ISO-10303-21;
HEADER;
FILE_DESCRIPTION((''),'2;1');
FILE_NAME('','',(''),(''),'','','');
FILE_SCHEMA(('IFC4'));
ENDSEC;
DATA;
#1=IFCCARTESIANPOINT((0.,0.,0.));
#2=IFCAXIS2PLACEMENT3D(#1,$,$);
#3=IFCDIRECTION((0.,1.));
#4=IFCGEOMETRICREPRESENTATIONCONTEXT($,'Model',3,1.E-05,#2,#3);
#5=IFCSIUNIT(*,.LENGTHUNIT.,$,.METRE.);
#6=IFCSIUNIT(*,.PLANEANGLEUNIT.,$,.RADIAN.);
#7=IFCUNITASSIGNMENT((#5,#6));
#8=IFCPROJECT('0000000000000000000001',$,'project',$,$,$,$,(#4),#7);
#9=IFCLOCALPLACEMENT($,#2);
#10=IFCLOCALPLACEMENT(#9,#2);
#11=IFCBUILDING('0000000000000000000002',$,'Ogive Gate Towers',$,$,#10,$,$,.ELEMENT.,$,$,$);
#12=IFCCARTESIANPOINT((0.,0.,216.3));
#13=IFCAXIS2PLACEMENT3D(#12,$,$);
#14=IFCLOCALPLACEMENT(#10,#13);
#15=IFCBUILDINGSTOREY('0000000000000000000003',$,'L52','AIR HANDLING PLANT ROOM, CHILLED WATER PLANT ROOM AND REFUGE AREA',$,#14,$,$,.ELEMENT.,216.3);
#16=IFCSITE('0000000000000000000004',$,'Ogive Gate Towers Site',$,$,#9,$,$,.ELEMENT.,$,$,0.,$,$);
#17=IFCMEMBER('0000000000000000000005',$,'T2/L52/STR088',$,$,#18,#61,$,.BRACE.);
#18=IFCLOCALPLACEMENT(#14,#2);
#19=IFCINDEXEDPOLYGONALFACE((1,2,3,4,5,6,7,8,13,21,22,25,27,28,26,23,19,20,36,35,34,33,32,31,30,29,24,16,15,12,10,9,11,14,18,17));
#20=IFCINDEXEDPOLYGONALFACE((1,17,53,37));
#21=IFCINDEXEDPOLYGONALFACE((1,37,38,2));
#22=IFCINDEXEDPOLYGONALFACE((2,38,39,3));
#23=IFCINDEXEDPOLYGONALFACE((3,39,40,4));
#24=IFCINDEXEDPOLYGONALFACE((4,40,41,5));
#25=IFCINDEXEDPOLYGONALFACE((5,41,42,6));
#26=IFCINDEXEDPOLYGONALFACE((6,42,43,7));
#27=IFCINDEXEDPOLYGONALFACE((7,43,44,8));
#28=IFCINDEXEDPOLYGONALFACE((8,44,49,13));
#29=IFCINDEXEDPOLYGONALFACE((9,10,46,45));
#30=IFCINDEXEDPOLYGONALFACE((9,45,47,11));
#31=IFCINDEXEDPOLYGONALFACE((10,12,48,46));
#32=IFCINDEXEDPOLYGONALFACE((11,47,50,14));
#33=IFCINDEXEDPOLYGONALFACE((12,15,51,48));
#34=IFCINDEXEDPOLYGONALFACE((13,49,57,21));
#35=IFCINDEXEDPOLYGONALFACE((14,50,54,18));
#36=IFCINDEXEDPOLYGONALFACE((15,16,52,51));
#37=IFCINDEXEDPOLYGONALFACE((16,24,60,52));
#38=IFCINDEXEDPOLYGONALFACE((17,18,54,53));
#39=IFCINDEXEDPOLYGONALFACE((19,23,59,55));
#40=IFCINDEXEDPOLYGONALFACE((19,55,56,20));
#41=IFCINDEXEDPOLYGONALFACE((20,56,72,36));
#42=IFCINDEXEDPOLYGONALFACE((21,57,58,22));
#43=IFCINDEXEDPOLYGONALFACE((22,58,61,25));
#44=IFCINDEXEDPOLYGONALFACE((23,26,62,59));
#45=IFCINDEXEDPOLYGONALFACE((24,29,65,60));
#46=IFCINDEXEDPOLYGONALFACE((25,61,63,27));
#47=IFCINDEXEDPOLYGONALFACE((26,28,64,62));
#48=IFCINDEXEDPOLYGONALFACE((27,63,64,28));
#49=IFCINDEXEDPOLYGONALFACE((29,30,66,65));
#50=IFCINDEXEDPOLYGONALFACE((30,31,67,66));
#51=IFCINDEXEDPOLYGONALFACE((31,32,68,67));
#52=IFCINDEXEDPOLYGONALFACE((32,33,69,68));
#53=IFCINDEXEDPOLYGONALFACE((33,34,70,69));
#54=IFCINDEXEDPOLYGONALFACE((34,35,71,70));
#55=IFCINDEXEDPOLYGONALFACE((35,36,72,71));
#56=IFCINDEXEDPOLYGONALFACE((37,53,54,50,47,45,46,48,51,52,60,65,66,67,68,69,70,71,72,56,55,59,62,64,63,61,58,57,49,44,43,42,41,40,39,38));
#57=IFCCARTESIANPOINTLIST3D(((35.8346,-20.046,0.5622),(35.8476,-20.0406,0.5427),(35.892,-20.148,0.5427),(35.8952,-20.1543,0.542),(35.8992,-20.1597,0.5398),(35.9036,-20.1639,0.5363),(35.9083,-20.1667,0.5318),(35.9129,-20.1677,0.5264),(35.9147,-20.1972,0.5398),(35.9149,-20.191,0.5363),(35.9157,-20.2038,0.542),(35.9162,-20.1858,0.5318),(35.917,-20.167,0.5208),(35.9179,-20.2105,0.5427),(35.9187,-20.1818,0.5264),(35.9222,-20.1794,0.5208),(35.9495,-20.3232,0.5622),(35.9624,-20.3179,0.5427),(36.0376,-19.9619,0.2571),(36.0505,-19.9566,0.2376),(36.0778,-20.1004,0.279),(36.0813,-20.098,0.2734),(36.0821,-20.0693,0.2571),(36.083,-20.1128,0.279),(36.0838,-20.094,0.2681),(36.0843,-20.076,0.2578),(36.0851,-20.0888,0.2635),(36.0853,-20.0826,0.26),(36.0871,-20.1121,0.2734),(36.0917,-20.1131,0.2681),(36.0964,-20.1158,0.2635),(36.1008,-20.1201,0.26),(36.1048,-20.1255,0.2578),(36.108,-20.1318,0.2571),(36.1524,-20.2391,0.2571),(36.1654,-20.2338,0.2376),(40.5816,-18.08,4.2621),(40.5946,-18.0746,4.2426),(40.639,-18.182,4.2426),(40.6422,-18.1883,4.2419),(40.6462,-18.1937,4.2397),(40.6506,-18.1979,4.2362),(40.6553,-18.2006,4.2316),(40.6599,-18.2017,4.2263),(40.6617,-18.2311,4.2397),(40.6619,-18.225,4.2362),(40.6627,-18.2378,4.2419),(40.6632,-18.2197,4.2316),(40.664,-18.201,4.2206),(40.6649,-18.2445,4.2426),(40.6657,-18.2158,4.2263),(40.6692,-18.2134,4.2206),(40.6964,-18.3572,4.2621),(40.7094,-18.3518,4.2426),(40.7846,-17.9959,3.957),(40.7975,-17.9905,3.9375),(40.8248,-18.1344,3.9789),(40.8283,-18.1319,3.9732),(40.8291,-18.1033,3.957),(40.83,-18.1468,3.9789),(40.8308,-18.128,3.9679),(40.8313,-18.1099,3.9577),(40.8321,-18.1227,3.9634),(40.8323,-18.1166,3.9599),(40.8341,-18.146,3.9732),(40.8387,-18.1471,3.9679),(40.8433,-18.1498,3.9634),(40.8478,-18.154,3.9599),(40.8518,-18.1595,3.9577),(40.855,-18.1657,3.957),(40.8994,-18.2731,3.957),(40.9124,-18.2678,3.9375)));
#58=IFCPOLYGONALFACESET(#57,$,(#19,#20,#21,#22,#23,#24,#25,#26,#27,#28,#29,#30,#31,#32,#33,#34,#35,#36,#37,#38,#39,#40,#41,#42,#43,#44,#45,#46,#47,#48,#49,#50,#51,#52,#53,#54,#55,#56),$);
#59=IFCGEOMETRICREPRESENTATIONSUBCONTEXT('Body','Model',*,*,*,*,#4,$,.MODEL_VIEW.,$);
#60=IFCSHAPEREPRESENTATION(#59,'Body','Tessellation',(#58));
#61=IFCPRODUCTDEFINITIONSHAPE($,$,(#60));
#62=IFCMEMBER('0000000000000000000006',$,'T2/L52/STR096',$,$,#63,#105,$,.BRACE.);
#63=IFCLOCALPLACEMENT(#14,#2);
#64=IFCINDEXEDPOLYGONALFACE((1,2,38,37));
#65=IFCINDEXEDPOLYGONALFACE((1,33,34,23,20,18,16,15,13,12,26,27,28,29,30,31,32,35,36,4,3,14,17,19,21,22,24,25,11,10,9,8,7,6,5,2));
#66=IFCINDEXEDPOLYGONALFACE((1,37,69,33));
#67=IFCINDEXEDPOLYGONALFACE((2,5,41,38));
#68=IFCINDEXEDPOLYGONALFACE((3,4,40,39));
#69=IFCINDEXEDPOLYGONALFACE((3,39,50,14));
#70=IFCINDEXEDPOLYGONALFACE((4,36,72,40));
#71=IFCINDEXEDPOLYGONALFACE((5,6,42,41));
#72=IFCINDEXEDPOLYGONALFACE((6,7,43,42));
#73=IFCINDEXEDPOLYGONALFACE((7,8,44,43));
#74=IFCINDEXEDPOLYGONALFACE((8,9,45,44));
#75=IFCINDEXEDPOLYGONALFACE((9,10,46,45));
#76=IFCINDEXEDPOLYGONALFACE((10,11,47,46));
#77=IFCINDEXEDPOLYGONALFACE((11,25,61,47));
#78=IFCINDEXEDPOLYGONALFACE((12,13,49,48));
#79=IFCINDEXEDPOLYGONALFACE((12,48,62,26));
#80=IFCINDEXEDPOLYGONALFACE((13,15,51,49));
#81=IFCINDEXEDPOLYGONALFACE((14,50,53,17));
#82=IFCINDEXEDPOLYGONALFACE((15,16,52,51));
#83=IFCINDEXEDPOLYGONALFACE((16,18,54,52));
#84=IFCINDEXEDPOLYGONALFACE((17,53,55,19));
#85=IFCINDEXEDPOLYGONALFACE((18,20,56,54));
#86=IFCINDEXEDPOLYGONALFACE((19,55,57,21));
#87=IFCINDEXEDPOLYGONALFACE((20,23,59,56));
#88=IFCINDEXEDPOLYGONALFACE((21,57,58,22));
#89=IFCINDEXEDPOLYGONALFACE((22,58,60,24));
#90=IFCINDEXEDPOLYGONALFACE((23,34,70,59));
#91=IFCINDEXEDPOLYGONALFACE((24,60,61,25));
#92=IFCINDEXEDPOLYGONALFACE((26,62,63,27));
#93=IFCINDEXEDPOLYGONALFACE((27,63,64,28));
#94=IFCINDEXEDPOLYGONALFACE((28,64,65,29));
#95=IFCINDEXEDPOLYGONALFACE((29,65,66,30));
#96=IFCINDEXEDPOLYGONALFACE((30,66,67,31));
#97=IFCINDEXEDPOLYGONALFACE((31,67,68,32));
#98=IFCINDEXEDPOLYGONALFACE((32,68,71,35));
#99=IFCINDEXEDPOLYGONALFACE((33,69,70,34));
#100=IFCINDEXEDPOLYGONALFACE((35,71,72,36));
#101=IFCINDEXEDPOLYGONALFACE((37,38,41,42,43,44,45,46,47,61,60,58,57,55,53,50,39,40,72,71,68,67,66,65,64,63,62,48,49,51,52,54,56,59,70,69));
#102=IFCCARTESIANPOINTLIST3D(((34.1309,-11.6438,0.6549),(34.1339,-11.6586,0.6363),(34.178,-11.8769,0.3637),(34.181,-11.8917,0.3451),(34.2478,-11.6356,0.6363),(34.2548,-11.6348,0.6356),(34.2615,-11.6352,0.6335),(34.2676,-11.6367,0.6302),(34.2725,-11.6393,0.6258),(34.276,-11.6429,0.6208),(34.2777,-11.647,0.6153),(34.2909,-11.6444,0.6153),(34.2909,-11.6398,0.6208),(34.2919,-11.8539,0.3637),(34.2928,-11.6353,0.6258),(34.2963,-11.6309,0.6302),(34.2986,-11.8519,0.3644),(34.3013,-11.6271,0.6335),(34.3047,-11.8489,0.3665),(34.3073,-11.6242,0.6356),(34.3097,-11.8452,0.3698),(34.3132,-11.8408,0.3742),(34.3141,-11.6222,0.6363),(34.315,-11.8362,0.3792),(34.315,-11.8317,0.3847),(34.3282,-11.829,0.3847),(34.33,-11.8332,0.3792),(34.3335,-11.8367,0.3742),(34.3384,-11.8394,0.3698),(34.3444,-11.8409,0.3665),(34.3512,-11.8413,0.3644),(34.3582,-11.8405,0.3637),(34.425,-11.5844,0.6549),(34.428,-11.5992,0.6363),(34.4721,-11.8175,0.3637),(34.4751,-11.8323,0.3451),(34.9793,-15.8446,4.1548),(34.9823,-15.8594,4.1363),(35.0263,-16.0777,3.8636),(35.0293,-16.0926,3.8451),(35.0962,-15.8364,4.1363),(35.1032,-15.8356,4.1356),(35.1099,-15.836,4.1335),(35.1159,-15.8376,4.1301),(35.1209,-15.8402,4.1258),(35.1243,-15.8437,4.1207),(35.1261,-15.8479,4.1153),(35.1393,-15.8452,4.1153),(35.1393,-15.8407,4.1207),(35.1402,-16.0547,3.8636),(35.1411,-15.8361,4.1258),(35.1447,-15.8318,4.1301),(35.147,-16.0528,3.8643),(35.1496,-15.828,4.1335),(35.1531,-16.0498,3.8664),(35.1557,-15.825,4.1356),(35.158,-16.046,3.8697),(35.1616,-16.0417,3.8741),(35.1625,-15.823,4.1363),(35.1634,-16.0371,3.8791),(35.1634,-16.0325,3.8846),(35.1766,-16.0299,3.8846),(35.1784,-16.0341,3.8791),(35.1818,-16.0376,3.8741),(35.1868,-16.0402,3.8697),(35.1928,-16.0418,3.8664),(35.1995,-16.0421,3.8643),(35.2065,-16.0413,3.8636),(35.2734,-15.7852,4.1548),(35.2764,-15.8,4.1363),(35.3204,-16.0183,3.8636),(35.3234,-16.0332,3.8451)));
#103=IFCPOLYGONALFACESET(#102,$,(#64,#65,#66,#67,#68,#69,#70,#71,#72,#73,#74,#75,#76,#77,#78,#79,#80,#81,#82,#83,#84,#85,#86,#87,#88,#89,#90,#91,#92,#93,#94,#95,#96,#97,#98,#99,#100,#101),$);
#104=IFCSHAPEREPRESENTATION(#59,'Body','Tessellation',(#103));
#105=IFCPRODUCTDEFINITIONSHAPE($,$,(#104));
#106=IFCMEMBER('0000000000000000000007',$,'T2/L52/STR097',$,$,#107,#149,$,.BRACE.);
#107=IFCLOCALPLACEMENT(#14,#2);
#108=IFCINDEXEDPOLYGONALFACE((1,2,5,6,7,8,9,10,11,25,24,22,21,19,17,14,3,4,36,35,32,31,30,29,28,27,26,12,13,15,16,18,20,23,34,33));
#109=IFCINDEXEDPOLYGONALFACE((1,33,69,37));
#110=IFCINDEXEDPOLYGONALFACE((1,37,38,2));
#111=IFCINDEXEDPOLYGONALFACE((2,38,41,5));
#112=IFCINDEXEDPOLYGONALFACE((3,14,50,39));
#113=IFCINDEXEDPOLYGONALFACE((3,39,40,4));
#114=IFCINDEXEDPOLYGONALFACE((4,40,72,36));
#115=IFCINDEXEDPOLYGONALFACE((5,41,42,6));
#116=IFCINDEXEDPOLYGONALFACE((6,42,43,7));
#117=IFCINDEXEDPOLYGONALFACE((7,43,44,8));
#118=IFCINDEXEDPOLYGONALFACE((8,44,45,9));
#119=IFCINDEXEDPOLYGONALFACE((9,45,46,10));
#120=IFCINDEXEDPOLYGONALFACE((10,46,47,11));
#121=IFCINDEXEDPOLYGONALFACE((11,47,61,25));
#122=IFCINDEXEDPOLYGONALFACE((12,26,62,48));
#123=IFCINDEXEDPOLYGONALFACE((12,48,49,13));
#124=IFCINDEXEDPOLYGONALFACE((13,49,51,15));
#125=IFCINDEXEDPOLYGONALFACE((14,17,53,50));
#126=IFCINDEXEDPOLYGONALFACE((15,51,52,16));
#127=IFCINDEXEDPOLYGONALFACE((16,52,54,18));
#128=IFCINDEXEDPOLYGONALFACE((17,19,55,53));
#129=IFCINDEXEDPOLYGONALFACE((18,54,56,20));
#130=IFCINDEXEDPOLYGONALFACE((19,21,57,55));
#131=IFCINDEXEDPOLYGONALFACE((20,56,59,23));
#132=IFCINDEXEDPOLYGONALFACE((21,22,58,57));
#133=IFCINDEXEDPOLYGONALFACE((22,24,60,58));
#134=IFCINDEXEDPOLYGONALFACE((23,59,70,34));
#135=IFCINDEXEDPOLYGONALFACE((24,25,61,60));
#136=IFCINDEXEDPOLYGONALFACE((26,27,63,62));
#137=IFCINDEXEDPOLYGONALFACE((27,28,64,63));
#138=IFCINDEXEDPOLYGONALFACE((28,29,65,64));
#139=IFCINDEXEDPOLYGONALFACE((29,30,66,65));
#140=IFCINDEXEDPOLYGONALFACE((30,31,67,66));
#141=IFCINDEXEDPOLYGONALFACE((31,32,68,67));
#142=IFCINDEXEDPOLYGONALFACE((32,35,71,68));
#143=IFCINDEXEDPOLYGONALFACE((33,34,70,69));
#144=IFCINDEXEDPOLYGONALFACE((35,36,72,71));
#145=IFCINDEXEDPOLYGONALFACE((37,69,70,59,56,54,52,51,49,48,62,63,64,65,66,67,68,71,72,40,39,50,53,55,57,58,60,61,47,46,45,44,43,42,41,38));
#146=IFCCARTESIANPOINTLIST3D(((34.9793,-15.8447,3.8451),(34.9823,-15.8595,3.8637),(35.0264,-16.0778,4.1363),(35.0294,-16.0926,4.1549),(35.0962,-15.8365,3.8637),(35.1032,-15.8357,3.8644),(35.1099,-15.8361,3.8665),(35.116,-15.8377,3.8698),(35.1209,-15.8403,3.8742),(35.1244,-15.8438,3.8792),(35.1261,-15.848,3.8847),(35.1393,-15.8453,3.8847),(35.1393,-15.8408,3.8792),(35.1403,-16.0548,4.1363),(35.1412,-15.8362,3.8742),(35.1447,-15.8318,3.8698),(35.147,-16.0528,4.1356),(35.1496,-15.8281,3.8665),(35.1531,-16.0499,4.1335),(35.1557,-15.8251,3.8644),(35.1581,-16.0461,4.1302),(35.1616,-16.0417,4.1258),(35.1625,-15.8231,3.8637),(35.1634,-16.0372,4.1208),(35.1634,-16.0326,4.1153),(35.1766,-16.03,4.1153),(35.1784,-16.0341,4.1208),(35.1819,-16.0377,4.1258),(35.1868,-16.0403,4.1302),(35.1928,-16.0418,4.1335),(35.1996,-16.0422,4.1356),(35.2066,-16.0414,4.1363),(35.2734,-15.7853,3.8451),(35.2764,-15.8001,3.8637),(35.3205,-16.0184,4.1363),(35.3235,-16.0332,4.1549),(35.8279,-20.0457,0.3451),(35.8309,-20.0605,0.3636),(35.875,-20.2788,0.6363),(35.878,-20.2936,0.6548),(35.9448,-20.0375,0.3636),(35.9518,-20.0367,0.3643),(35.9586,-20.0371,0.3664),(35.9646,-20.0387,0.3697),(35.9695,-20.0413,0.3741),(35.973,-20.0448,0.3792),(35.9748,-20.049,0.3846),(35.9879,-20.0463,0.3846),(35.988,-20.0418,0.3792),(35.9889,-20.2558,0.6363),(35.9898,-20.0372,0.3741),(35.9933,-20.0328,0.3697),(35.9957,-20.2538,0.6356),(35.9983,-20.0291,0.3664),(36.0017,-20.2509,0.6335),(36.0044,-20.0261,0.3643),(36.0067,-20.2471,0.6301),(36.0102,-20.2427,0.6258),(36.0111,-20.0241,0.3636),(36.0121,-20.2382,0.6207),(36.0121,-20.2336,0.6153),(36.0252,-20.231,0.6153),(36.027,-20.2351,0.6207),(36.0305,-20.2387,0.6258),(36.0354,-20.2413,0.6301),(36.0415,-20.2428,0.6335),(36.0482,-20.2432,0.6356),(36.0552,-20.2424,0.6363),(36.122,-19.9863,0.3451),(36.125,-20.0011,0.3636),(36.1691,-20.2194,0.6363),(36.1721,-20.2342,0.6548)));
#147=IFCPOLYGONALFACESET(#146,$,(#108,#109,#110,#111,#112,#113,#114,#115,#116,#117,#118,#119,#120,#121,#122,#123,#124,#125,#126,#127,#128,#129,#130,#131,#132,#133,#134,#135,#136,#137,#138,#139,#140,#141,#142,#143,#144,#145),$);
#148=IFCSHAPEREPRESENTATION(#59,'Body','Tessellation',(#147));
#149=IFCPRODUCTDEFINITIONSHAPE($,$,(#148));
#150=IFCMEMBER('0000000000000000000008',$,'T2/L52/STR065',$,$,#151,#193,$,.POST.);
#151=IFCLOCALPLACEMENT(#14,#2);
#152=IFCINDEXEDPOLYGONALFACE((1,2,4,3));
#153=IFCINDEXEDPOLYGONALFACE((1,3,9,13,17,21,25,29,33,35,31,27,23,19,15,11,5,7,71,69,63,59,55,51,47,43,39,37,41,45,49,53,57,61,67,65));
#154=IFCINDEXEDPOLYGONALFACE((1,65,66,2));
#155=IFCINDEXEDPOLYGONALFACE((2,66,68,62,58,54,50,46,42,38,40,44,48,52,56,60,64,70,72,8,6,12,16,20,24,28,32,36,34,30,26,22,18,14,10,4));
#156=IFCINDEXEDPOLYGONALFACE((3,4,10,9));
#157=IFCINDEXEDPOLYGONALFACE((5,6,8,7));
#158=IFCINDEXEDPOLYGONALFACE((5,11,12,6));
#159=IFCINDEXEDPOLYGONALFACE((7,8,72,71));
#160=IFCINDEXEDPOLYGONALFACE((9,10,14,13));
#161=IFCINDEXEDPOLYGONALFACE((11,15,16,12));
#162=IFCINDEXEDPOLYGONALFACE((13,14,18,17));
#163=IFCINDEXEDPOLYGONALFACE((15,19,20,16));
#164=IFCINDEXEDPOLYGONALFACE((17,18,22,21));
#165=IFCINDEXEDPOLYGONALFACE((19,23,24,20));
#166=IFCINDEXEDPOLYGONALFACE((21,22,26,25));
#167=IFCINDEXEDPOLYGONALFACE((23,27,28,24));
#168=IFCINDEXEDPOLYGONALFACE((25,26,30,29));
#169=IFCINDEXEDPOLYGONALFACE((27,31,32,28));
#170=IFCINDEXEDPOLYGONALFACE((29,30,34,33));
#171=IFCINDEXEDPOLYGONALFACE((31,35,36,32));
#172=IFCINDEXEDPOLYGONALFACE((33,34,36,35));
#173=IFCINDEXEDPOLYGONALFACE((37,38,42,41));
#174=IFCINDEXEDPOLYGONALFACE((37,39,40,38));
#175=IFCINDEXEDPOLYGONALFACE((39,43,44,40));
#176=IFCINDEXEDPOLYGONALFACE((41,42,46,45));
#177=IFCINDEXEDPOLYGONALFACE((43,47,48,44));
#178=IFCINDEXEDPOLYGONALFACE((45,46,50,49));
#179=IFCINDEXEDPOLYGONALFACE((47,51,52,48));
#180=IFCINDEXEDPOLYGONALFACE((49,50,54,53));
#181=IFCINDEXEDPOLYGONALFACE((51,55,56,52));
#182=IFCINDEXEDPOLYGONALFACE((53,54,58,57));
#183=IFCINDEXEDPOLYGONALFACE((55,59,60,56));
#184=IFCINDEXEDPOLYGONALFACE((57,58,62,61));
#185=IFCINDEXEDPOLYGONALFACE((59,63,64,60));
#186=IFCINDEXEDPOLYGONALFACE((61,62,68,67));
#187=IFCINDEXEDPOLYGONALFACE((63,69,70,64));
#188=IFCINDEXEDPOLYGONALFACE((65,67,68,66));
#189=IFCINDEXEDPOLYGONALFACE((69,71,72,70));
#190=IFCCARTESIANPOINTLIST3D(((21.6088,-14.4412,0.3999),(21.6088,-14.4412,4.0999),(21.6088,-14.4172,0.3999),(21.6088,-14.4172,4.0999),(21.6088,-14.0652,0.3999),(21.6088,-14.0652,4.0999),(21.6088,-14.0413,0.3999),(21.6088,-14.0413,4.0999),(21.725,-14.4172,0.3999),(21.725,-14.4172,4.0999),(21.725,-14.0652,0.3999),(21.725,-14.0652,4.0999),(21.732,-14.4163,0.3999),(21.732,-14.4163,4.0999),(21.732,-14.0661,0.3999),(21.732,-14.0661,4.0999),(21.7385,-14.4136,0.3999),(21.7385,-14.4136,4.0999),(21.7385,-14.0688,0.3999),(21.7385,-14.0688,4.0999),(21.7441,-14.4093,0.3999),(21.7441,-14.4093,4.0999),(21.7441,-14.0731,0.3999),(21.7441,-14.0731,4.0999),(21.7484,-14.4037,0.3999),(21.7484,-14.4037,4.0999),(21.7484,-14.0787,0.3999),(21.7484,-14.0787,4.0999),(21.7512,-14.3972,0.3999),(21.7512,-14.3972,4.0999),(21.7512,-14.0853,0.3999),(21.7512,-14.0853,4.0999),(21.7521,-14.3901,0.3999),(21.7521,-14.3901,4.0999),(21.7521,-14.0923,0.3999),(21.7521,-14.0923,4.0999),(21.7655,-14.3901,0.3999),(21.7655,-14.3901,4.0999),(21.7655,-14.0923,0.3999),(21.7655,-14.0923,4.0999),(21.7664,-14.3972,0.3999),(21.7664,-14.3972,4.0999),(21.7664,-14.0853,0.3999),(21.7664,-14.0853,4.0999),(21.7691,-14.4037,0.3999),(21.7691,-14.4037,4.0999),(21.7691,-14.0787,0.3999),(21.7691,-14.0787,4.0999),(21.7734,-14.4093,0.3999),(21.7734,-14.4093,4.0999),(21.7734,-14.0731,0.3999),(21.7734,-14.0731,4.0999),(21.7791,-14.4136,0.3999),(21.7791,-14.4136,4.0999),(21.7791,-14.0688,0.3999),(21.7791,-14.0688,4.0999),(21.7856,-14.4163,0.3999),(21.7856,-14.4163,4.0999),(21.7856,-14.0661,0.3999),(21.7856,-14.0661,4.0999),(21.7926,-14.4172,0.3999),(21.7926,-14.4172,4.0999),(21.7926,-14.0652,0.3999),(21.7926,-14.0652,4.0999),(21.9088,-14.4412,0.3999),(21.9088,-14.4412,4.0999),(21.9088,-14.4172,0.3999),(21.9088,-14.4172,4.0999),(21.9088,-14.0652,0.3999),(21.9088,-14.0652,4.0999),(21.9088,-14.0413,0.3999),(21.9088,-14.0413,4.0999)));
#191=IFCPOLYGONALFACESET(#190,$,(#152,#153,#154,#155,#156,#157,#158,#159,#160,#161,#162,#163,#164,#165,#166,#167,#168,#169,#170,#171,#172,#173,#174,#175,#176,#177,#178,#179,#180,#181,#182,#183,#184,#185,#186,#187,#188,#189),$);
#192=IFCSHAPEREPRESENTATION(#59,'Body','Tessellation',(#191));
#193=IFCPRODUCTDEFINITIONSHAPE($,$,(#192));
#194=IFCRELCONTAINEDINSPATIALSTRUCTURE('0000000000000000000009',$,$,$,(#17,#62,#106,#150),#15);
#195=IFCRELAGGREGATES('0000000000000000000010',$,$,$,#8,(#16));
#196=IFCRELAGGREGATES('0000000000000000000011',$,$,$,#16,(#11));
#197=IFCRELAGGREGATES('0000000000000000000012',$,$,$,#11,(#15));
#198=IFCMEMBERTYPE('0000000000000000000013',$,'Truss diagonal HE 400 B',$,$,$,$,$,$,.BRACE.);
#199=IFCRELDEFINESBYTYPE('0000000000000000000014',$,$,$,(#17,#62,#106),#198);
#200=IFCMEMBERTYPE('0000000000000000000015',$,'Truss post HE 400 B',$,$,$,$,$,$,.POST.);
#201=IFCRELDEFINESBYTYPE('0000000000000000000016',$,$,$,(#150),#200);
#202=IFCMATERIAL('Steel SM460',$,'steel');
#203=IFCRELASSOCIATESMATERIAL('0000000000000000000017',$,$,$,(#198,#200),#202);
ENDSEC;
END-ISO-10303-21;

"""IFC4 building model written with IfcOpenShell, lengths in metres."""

from ifc_helpers import new_model, si_unit, direction, frame, origin, origin_2d, place, context, subcontext, project, spatial, i_section, extrude, material, material_profile, profile_set, type_object, element, save


model = new_model("IFC4")

# Units and contexts
model_context = context("Model", 3, precision=1e-05, world=origin(), true_north=direction((0.0, 1.0)))
body_context = subcontext(model_context, "Body", "Model", "MODEL_VIEW")
ifc_project = project(units=[si_unit("LENGTHUNIT", "METRE"), si_unit("PLANEANGLEUNIT", "RADIAN")], contexts=[model_context])

# Site, building, storey
site_placement = place(None, origin())
site = spatial("IfcSite", under=ifc_project, at=site_placement, Name="Ogive Gate Towers Site", CompositionType="ELEMENT", RefElevation=0.0)
building_placement = place(site_placement, origin())
building = spatial("IfcBuilding", under=site, at=building_placement, Name="Ogive Gate Towers", CompositionType="ELEMENT")
storey_placement = place(building_placement, frame((0.0, 0.0, 216.3)))
storey = spatial("IfcBuildingStorey", under=building, at=storey_placement, Name="L52", Description="AIR HANDLING PLANT ROOM, CHILLED WATER PLANT ROOM AND REFUGE AREA", CompositionType="ELEMENT", Elevation=216.3)

# Shared definitions
ifc_material_1 = material(Name="Steel SM460", Category="steel")

# Members
ifc_material_profile_1 = material_profile(ifc_material_1, i_section(OverallWidth=0.3, OverallDepth=0.3999, WebThickness=0.0134, FlangeThickness=0.0239, FilletRadius=0.0271, at=origin_2d()), Name="HE 400 B")
ifc_profile_set_1 = profile_set([ifc_material_profile_1], Name="Steel SM460")
member_type_1 = type_object("IfcMemberType", Name="Truss diagonal HE 400 B", PredefinedType="BRACE", material=ifc_profile_set_1)
for number, where, z_axis, x_axis, name in (
    (1, (36.0, -20.1399, 0.3999), (0.749737, 0.310514, 0.584359), (-0.382644, 0.923896, 0.0), "T2/L52/STR088"),
):
    element("IfcMember", number, at=place(storey_placement, frame(where, z_axis=z_axis, x_axis=x_axis)), inside=storey, type_object=member_type_1, Name=name, PredefinedType="BRACE", context=body_context, shape_type="SweptSolid", body=[
        extrude(i_section(OverallWidth=0.3, OverallDepth=0.3999, WebThickness=0.0134, FlangeThickness=0.0239, FilletRadius=0.0271, at=origin_2d()), origin(), (0.0, 0.0, 1.0), 6.3315),
    ])
member_1_placement = place(storey_placement, frame((34.303, -11.738, 0.5), z_axis=(0.153324, -0.759207, 0.632532), x_axis=(0.980211, 0.197956, 0.0)))
element("IfcMember", 2, at=member_1_placement, inside=storey, type_object=member_type_1, Name="T2/L52/STR096", PredefinedType="BRACE", context=body_context, shape_type="SweptSolid", body=[
    extrude(i_section(OverallWidth=0.3, OverallDepth=0.3999, WebThickness=0.0134, FlangeThickness=0.0239, FilletRadius=0.0271, at=origin_2d()), origin(), (0.0, 0.0, 1.0), 5.5332),
])
member_2_placement = place(storey_placement, frame((35.1514, -15.939, 4.0), z_axis=(0.153367, -0.759201, -0.632528), x_axis=(0.9802, 0.198011, 0.0)))
element("IfcMember", 3, at=member_2_placement, inside=storey, type_object=member_type_1, Name="T2/L52/STR097", PredefinedType="BRACE", context=body_context, shape_type="SweptSolid", body=[
    extrude(i_section(OverallWidth=0.3, OverallDepth=0.3999, WebThickness=0.0134, FlangeThickness=0.0239, FilletRadius=0.0271, at=origin_2d()), origin(), (0.0, 0.0, 1.0), 5.5334),
])
ifc_material_profile_2 = material_profile(ifc_material_1, i_section(OverallWidth=0.3, OverallDepth=0.3999, WebThickness=0.0134, FlangeThickness=0.0239, FilletRadius=0.0271, at=origin_2d()), Name="HE 400 B")
ifc_profile_set_2 = profile_set([ifc_material_profile_2], Name="Steel SM460")
member_type_2 = type_object("IfcMemberType", Name="Truss post HE 400 B", PredefinedType="POST", material=ifc_profile_set_2)
for number, where, z_axis, x_axis, name in (
    (4, (21.7588, -14.2412, 0.3999), (0.0, 0.0, 1.0), (1.0, 0.0, 0.0), "T2/L52/STR065"),
):
    element("IfcMember", number, at=place(storey_placement, frame(where, z_axis=z_axis, x_axis=x_axis)), inside=storey, type_object=member_type_2, Name=name, PredefinedType="POST", context=body_context, shape_type="SweptSolid", body=[
        extrude(i_section(OverallWidth=0.3, OverallDepth=0.3999, WebThickness=0.0134, FlangeThickness=0.0239, FilletRadius=0.0271, at=origin_2d()), origin(), (0.0, 0.0, 1.0), 3.7),
    ])

save(model, "model.ifc")
